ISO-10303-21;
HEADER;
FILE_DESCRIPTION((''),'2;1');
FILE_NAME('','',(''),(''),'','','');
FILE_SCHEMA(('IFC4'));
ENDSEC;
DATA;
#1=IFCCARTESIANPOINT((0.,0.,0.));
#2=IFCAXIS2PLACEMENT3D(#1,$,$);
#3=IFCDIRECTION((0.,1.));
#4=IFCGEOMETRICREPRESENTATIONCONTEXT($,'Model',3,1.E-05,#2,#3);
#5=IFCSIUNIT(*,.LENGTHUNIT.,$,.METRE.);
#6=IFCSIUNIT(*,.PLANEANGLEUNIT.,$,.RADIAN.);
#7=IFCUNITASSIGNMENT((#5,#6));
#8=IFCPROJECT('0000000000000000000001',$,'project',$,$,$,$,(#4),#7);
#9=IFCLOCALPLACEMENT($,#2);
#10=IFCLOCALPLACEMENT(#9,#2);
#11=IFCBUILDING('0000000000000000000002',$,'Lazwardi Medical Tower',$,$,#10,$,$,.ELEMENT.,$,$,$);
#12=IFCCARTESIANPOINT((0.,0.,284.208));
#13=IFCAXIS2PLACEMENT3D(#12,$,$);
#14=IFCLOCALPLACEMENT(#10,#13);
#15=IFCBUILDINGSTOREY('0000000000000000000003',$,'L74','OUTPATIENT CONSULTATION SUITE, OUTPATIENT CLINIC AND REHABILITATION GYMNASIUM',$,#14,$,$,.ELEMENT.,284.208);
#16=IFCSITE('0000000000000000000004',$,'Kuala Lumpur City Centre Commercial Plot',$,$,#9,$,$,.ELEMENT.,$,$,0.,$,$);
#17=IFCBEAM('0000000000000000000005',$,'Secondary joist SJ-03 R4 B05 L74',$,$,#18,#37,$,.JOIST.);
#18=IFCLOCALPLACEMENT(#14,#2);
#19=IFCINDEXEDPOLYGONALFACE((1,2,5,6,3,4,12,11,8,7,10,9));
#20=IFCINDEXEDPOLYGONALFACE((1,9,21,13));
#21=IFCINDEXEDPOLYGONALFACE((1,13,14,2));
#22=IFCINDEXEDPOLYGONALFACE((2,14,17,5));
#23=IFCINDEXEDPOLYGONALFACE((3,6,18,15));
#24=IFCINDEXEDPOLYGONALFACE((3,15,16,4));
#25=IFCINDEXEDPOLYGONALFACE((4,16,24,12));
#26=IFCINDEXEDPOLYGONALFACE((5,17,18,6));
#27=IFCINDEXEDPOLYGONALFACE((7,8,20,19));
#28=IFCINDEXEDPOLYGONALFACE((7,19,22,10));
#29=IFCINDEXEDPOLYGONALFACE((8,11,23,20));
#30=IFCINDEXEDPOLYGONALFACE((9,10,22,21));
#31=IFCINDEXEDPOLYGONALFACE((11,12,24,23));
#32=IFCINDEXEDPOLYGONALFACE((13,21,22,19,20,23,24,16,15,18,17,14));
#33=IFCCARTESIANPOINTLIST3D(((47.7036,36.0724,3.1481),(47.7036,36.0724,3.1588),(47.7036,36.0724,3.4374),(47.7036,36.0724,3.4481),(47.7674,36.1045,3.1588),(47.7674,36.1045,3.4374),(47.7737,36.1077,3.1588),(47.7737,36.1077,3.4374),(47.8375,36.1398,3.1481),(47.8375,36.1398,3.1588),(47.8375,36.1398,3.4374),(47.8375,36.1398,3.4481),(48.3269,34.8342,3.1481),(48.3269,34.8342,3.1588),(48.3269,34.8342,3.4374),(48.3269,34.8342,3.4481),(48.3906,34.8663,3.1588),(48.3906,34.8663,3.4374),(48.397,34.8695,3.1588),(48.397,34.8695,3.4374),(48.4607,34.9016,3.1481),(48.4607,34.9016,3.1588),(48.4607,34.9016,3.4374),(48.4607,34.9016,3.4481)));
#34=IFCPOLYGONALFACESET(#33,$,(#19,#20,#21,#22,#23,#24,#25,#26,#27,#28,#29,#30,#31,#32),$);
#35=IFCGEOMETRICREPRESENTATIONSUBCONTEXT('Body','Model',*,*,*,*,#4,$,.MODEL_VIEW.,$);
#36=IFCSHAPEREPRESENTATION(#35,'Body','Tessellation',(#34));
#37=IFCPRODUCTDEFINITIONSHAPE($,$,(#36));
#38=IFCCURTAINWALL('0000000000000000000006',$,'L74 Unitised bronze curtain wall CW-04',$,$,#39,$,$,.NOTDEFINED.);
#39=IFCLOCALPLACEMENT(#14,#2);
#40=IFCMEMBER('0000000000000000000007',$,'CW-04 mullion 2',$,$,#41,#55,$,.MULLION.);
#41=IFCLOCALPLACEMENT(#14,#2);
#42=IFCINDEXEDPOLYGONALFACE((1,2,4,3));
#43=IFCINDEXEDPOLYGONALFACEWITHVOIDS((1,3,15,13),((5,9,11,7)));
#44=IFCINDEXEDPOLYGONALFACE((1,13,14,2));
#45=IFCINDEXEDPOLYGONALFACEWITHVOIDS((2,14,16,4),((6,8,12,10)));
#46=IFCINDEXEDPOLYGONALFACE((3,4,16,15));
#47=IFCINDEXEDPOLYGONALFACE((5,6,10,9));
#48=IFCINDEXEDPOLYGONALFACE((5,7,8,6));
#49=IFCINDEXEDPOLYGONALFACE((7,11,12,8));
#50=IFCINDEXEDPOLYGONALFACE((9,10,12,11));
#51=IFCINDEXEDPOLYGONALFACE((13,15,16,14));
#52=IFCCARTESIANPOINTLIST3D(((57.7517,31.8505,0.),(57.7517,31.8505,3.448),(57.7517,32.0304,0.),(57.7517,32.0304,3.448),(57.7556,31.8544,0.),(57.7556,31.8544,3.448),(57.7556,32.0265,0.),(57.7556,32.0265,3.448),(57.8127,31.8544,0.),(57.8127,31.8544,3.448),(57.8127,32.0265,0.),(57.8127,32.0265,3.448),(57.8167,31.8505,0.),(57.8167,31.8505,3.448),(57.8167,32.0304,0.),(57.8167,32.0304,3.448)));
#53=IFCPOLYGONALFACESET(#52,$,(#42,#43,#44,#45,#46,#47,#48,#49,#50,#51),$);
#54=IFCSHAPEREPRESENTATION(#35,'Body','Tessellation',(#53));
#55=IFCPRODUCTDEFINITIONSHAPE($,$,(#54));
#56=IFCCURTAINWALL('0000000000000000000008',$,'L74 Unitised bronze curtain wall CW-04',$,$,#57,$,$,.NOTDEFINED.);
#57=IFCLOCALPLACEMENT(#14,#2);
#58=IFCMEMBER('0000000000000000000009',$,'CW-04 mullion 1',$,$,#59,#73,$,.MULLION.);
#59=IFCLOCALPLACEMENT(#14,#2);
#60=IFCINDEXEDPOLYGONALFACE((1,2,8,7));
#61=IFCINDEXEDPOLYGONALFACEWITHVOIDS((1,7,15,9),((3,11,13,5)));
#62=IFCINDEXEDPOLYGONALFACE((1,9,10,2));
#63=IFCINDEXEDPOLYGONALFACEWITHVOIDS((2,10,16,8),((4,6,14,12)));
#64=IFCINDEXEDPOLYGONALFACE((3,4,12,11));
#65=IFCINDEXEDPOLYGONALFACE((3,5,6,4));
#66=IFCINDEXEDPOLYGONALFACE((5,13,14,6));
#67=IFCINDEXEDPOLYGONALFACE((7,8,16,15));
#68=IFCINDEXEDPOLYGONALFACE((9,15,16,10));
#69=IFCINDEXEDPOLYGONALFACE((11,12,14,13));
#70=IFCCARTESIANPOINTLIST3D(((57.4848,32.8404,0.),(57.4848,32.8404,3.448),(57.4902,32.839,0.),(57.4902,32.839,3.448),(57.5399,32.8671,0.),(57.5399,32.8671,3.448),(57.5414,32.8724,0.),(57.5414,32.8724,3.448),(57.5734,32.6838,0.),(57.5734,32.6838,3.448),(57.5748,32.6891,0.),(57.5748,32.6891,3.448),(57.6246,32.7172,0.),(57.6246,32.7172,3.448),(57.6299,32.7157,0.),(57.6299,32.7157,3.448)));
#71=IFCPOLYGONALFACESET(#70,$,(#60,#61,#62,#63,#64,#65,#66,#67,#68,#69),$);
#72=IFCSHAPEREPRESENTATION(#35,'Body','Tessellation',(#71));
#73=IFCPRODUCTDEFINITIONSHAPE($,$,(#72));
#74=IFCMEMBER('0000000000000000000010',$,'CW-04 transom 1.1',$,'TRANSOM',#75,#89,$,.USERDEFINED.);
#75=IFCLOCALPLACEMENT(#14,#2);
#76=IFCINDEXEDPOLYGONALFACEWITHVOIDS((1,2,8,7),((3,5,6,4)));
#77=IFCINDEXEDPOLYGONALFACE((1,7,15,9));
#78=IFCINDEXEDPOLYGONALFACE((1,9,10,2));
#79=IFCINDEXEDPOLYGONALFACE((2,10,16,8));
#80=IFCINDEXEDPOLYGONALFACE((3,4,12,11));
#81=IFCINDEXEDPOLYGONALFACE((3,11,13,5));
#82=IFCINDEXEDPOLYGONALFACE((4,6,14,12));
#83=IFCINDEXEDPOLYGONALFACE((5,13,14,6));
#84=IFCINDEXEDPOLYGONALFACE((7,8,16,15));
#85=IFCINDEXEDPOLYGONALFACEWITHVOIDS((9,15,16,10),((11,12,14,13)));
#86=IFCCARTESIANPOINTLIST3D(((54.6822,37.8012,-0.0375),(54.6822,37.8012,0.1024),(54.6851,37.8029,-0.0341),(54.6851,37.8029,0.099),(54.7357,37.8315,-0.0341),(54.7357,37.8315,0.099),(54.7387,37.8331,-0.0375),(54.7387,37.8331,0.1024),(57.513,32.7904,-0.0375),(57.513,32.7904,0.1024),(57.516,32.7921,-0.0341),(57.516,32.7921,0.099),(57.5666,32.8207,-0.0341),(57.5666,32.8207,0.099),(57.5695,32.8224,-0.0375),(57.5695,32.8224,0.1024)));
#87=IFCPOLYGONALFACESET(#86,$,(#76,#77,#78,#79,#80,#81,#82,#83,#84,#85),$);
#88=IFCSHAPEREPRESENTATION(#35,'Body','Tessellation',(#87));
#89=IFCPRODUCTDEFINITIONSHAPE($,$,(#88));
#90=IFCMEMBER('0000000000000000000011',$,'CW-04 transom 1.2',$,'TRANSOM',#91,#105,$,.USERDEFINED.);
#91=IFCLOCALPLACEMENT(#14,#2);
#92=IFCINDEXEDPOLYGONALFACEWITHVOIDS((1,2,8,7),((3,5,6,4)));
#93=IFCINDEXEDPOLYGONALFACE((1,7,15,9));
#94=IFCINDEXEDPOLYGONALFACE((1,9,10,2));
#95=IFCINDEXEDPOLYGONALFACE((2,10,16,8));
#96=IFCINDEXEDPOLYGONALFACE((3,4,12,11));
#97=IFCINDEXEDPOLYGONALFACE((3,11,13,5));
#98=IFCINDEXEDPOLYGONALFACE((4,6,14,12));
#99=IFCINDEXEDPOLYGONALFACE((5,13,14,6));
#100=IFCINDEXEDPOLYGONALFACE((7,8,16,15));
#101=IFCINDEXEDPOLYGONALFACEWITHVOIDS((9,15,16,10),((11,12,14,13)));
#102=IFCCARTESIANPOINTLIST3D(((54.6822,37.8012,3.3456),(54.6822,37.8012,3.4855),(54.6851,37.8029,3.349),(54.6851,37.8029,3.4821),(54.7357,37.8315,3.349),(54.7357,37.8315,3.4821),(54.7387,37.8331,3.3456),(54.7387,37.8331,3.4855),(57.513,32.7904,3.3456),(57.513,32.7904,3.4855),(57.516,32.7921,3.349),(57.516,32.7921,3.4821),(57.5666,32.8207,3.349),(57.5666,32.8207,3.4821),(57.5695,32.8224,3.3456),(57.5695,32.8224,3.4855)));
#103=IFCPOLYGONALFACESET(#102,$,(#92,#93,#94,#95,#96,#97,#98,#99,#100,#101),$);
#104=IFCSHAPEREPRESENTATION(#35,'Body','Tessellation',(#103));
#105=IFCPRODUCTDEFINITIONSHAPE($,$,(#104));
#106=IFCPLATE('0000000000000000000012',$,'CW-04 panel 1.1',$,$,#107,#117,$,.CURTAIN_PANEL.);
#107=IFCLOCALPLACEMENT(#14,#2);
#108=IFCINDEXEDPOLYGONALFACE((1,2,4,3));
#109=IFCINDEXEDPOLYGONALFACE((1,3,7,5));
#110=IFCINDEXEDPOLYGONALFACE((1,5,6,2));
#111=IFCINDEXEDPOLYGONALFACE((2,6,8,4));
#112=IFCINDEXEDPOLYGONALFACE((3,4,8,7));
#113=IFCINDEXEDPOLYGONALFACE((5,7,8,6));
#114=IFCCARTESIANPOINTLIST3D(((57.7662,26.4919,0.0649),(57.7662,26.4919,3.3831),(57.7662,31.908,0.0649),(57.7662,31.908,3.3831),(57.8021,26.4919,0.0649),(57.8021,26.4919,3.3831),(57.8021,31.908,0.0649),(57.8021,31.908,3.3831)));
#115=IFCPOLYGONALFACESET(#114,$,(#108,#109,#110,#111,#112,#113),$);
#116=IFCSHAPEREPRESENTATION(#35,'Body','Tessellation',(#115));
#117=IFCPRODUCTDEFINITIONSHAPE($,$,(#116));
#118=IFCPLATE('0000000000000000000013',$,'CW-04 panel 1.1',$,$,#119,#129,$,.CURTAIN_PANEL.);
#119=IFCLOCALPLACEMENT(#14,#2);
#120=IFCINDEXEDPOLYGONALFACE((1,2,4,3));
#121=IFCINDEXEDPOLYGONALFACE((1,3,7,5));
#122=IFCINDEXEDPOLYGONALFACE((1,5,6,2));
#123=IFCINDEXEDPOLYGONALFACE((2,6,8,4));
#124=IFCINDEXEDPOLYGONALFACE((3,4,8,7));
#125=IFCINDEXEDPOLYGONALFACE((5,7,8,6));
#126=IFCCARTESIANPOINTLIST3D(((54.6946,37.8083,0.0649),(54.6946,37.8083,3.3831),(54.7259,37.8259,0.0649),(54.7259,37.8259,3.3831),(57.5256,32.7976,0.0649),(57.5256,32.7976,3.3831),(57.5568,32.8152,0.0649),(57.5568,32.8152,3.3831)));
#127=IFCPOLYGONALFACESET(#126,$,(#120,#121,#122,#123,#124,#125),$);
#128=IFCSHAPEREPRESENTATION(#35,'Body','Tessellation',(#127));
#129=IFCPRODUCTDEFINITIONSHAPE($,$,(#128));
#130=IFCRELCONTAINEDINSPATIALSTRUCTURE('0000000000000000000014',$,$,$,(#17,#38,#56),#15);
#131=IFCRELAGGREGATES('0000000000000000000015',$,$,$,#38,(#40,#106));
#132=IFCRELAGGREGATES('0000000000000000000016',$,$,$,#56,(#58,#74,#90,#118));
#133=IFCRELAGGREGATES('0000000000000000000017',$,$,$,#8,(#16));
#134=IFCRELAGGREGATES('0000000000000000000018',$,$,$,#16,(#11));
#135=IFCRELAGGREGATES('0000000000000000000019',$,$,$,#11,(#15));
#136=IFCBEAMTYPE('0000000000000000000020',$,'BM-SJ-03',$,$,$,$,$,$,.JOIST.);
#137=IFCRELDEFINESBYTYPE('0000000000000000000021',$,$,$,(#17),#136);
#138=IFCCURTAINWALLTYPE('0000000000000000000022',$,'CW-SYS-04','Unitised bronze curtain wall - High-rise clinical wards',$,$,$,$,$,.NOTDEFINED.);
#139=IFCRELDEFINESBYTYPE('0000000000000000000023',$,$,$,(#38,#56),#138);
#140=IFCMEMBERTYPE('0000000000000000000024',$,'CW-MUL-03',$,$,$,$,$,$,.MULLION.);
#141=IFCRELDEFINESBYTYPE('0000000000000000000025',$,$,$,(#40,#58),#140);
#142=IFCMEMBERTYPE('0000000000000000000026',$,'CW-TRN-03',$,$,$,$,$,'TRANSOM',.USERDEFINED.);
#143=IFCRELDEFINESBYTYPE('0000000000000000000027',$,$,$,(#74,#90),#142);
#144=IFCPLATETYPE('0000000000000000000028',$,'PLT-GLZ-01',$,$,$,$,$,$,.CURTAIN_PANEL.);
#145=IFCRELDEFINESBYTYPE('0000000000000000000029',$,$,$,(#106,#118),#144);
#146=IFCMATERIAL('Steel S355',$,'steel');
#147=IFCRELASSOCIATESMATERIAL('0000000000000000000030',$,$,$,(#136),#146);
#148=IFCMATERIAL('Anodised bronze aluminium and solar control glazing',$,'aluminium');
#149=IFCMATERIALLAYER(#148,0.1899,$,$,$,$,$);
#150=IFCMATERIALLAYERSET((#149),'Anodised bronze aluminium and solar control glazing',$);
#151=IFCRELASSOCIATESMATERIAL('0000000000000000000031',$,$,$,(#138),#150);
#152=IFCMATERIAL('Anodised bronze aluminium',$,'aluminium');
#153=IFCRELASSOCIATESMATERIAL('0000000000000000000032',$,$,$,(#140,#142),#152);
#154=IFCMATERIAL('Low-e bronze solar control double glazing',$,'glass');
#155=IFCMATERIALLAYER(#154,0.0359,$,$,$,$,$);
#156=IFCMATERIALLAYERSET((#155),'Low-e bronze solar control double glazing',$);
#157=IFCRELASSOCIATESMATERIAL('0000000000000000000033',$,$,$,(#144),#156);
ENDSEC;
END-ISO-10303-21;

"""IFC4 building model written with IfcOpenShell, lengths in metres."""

from ifc_helpers import new_model, si_unit, direction, frame, origin, origin_2d, place, context, subcontext, project, spatial, rectangle, hollow_rectangle, i_section, extrude, material, layer, layer_set, material_profile, profile_set, type_object, element, aggregate, save


model = new_model("IFC4")

# Units and contexts
model_context = context("Model", 3, precision=1e-05, world=origin(), true_north=direction((0.0, 1.0)))
body_context = subcontext(model_context, "Body", "Model", "MODEL_VIEW")
ifc_project = project(units=[si_unit("LENGTHUNIT", "METRE"), si_unit("PLANEANGLEUNIT", "RADIAN")], contexts=[model_context])

# Site, building, storey
site_placement = place(None, origin())
site = spatial("IfcSite", under=ifc_project, at=site_placement, Name="Kuala Lumpur City Centre Commercial Plot", CompositionType="ELEMENT", RefElevation=0.0)
building_placement = place(site_placement, origin())
building = spatial("IfcBuilding", under=site, at=building_placement, Name="Lazwardi Medical Tower", CompositionType="ELEMENT")
storey_placement = place(building_placement, frame((0.0, 0.0, 284.208)))
storey = spatial("IfcBuildingStorey", under=building, at=storey_placement, Name="L74", Description="OUTPATIENT CONSULTATION SUITE, OUTPATIENT CLINIC AND REHABILITATION GYMNASIUM", CompositionType="ELEMENT", Elevation=284.208)

# Beam
ifc_material_1 = material(Name="Steel S355", Category="steel")
ifc_material_profile_1 = material_profile(ifc_material_1, i_section(OverallWidth=0.1499, OverallDepth=0.3, WebThickness=0.0071, FlangeThickness=0.0107, at=origin_2d()), Name="IPE 300")
ifc_profile_set_1 = profile_set([ifc_material_profile_1], Name="Steel S355")
beam_type_1 = type_object("IfcBeamType", Name="BM-SJ-03", PredefinedType="JOIST", material=ifc_profile_set_1)
beam_1_placement = place(storey_placement, frame((48.3938, 34.8679, 3.2981), z_axis=(-0.449607, 0.893226, 0.0), x_axis=(-0.893226, -0.449607, 0.0)))
element("IfcBeam", 1, at=beam_1_placement, inside=storey, type_object=beam_type_1, Name="Secondary joist SJ-03 R4 B05 L74", PredefinedType="JOIST", context=body_context, shape_type="SweptSolid", body=[
    extrude(i_section(OverallWidth=0.1499, OverallDepth=0.3, WebThickness=0.0071, FlangeThickness=0.0107, at=origin_2d()), origin(), (0.0, 0.0, 1.0), 1.3862),
])

# Curtain wall, member
ifc_material_2 = material(Name="Anodised bronze aluminium and solar control glazing", Category="aluminium")
ifc_layer_1 = layer(ifc_material_2, 0.1899)
ifc_layer_set_1 = layer_set([ifc_layer_1], Name="Anodised bronze aluminium and solar control glazing")
curtain_wall_type = type_object("IfcCurtainWallType", Name="CW-SYS-04", Description="Unitised bronze curtain wall - High-rise clinical wards", PredefinedType="NOTDEFINED", material=ifc_layer_set_1)
curtain_wall_1_placement = place(storey_placement, origin())
curtain_wall_1 = element("IfcCurtainWall", 2, at=curtain_wall_1_placement, inside=storey, type_object=curtain_wall_type, Name="L74 Unitised bronze curtain wall CW-04", PredefinedType="NOTDEFINED")
ifc_material_3 = material(Name="Anodised bronze aluminium", Category="aluminium")
ifc_material_profile_2 = material_profile(ifc_material_3, hollow_rectangle(XDim=0.0649, YDim=0.1799, WallThickness=0.0039, at=origin_2d()), Name="ALU-MULLION 180x65x4")
ifc_profile_set_2 = profile_set([ifc_material_profile_2], Name="Anodised bronze aluminium")
member_type_1 = type_object("IfcMemberType", Name="CW-MUL-03", PredefinedType="MULLION", material=ifc_profile_set_2)
member_1_placement = place(storey_placement, frame((57.7842, 31.9404, 0.0), z_axis=(0.0, 0.0, 1.0), x_axis=(-1.0, 0.0, 0.0)))
member_1 = element("IfcMember", 3, at=member_1_placement, type_object=member_type_1, Name="CW-04 mullion 2", PredefinedType="MULLION", context=body_context, shape_type="SweptSolid", body=[
    extrude(hollow_rectangle(XDim=0.0649, YDim=0.1799, WallThickness=0.0039, at=origin_2d()), origin(), (0.0, 0.0, 1.0), 3.448),
])

# Curtain wall, members
curtain_wall_2_placement = place(storey_placement, origin())
curtain_wall_2 = element("IfcCurtainWall", 4, at=curtain_wall_2_placement, inside=storey, type_object=curtain_wall_type, Name="L74 Unitised bronze curtain wall CW-04", PredefinedType="NOTDEFINED")
member_2_placement = place(storey_placement, frame((57.5574, 32.7781, 0.0), z_axis=(0.0, 0.0, 1.0), x_axis=(-0.870651, -0.4919, 0.0)))
member_2 = element("IfcMember", 5, at=member_2_placement, type_object=member_type_1, Name="CW-04 mullion 1", PredefinedType="MULLION", context=body_context, shape_type="SweptSolid", body=[
    extrude(hollow_rectangle(XDim=0.0649, YDim=0.1799, WallThickness=0.0039, at=origin_2d()), origin(), (0.0, 0.0, 1.0), 3.448),
])
ifc_material_profile_3 = material_profile(ifc_material_3, hollow_rectangle(XDim=0.0649, YDim=0.1399, WallThickness=0.0034, at=origin_2d()), Name="ALU-TRANSOM 140x65x3.5")
ifc_profile_set_3 = profile_set([ifc_material_profile_3], Name="Anodised bronze aluminium")
member_type_2 = type_object("IfcMemberType", Name="CW-TRN-03", ElementType="TRANSOM", PredefinedType="USERDEFINED", material=ifc_profile_set_3)
member_3_placement = place(storey_placement, frame((57.5413, 32.8064, 0.0325), z_axis=(-0.49188, 0.870663, 0.0), x_axis=(-0.870663, -0.49188, 0.0)))
member_3 = element("IfcMember", 6, at=member_3_placement, type_object=member_type_2, Name="CW-04 transom 1.1", ObjectType="TRANSOM", PredefinedType="USERDEFINED", context=body_context, shape_type="SweptSolid", body=[
    extrude(hollow_rectangle(XDim=0.0649, YDim=0.1399, WallThickness=0.0034, at=origin_2d()), origin(), (0.0, 0.0, 1.0), 5.7551),
])
member_4_placement = place(storey_placement, frame((57.5413, 32.8064, 3.4155), z_axis=(-0.49188, 0.870663, 0.0), x_axis=(-0.870663, -0.49188, 0.0)))
member_4 = element("IfcMember", 7, at=member_4_placement, type_object=member_type_2, Name="CW-04 transom 1.2", ObjectType="TRANSOM", PredefinedType="USERDEFINED", context=body_context, shape_type="SweptSolid", body=[
    extrude(hollow_rectangle(XDim=0.0649, YDim=0.1399, WallThickness=0.0034, at=origin_2d()), origin(), (0.0, 0.0, 1.0), 5.7551),
])

# Plates
ifc_material_4 = material(Name="Low-e bronze solar control double glazing", Category="glass")
ifc_layer_2 = layer(ifc_material_4, 0.0359)
ifc_layer_set_2 = layer_set([ifc_layer_2], Name="Low-e bronze solar control double glazing")
plate_type = type_object("IfcPlateType", Name="PLT-GLZ-01", PredefinedType="CURTAIN_PANEL", material=ifc_layer_set_2)
plate_1_placement = place(storey_placement, frame((57.7842, 29.2, 0.0649), z_axis=(0.0, 0.0, 1.0), x_axis=(0.0, 1.0, 0.0)))
plate_1 = element("IfcPlate", 8, at=plate_1_placement, type_object=plate_type, Name="CW-04 panel 1.1", PredefinedType="CURTAIN_PANEL", context=body_context, shape_type="SweptSolid", body=[
    extrude(rectangle(XDim=5.416, YDim=0.0359, at=origin_2d()), origin(), (0.0, 0.0, 1.0), 3.3181),
])
aggregate(curtain_wall_1, [member_1, plate_1])
plate_2_placement = place(storey_placement, frame((56.1257, 35.3118, 0.0649), z_axis=(0.0, 0.0, 1.0), x_axis=(-0.4919, 0.870651, 0.0)))
plate_2 = element("IfcPlate", 9, at=plate_2_placement, type_object=plate_type, Name="CW-04 panel 1.1", PredefinedType="CURTAIN_PANEL", context=body_context, shape_type="SweptSolid", body=[
    extrude(rectangle(XDim=5.7551, YDim=0.0359, at=origin_2d()), origin(), (0.0, 0.0, 1.0), 3.3181),
])
aggregate(curtain_wall_2, [member_2, member_3, member_4, plate_2])

save(model, "model.ifc")
